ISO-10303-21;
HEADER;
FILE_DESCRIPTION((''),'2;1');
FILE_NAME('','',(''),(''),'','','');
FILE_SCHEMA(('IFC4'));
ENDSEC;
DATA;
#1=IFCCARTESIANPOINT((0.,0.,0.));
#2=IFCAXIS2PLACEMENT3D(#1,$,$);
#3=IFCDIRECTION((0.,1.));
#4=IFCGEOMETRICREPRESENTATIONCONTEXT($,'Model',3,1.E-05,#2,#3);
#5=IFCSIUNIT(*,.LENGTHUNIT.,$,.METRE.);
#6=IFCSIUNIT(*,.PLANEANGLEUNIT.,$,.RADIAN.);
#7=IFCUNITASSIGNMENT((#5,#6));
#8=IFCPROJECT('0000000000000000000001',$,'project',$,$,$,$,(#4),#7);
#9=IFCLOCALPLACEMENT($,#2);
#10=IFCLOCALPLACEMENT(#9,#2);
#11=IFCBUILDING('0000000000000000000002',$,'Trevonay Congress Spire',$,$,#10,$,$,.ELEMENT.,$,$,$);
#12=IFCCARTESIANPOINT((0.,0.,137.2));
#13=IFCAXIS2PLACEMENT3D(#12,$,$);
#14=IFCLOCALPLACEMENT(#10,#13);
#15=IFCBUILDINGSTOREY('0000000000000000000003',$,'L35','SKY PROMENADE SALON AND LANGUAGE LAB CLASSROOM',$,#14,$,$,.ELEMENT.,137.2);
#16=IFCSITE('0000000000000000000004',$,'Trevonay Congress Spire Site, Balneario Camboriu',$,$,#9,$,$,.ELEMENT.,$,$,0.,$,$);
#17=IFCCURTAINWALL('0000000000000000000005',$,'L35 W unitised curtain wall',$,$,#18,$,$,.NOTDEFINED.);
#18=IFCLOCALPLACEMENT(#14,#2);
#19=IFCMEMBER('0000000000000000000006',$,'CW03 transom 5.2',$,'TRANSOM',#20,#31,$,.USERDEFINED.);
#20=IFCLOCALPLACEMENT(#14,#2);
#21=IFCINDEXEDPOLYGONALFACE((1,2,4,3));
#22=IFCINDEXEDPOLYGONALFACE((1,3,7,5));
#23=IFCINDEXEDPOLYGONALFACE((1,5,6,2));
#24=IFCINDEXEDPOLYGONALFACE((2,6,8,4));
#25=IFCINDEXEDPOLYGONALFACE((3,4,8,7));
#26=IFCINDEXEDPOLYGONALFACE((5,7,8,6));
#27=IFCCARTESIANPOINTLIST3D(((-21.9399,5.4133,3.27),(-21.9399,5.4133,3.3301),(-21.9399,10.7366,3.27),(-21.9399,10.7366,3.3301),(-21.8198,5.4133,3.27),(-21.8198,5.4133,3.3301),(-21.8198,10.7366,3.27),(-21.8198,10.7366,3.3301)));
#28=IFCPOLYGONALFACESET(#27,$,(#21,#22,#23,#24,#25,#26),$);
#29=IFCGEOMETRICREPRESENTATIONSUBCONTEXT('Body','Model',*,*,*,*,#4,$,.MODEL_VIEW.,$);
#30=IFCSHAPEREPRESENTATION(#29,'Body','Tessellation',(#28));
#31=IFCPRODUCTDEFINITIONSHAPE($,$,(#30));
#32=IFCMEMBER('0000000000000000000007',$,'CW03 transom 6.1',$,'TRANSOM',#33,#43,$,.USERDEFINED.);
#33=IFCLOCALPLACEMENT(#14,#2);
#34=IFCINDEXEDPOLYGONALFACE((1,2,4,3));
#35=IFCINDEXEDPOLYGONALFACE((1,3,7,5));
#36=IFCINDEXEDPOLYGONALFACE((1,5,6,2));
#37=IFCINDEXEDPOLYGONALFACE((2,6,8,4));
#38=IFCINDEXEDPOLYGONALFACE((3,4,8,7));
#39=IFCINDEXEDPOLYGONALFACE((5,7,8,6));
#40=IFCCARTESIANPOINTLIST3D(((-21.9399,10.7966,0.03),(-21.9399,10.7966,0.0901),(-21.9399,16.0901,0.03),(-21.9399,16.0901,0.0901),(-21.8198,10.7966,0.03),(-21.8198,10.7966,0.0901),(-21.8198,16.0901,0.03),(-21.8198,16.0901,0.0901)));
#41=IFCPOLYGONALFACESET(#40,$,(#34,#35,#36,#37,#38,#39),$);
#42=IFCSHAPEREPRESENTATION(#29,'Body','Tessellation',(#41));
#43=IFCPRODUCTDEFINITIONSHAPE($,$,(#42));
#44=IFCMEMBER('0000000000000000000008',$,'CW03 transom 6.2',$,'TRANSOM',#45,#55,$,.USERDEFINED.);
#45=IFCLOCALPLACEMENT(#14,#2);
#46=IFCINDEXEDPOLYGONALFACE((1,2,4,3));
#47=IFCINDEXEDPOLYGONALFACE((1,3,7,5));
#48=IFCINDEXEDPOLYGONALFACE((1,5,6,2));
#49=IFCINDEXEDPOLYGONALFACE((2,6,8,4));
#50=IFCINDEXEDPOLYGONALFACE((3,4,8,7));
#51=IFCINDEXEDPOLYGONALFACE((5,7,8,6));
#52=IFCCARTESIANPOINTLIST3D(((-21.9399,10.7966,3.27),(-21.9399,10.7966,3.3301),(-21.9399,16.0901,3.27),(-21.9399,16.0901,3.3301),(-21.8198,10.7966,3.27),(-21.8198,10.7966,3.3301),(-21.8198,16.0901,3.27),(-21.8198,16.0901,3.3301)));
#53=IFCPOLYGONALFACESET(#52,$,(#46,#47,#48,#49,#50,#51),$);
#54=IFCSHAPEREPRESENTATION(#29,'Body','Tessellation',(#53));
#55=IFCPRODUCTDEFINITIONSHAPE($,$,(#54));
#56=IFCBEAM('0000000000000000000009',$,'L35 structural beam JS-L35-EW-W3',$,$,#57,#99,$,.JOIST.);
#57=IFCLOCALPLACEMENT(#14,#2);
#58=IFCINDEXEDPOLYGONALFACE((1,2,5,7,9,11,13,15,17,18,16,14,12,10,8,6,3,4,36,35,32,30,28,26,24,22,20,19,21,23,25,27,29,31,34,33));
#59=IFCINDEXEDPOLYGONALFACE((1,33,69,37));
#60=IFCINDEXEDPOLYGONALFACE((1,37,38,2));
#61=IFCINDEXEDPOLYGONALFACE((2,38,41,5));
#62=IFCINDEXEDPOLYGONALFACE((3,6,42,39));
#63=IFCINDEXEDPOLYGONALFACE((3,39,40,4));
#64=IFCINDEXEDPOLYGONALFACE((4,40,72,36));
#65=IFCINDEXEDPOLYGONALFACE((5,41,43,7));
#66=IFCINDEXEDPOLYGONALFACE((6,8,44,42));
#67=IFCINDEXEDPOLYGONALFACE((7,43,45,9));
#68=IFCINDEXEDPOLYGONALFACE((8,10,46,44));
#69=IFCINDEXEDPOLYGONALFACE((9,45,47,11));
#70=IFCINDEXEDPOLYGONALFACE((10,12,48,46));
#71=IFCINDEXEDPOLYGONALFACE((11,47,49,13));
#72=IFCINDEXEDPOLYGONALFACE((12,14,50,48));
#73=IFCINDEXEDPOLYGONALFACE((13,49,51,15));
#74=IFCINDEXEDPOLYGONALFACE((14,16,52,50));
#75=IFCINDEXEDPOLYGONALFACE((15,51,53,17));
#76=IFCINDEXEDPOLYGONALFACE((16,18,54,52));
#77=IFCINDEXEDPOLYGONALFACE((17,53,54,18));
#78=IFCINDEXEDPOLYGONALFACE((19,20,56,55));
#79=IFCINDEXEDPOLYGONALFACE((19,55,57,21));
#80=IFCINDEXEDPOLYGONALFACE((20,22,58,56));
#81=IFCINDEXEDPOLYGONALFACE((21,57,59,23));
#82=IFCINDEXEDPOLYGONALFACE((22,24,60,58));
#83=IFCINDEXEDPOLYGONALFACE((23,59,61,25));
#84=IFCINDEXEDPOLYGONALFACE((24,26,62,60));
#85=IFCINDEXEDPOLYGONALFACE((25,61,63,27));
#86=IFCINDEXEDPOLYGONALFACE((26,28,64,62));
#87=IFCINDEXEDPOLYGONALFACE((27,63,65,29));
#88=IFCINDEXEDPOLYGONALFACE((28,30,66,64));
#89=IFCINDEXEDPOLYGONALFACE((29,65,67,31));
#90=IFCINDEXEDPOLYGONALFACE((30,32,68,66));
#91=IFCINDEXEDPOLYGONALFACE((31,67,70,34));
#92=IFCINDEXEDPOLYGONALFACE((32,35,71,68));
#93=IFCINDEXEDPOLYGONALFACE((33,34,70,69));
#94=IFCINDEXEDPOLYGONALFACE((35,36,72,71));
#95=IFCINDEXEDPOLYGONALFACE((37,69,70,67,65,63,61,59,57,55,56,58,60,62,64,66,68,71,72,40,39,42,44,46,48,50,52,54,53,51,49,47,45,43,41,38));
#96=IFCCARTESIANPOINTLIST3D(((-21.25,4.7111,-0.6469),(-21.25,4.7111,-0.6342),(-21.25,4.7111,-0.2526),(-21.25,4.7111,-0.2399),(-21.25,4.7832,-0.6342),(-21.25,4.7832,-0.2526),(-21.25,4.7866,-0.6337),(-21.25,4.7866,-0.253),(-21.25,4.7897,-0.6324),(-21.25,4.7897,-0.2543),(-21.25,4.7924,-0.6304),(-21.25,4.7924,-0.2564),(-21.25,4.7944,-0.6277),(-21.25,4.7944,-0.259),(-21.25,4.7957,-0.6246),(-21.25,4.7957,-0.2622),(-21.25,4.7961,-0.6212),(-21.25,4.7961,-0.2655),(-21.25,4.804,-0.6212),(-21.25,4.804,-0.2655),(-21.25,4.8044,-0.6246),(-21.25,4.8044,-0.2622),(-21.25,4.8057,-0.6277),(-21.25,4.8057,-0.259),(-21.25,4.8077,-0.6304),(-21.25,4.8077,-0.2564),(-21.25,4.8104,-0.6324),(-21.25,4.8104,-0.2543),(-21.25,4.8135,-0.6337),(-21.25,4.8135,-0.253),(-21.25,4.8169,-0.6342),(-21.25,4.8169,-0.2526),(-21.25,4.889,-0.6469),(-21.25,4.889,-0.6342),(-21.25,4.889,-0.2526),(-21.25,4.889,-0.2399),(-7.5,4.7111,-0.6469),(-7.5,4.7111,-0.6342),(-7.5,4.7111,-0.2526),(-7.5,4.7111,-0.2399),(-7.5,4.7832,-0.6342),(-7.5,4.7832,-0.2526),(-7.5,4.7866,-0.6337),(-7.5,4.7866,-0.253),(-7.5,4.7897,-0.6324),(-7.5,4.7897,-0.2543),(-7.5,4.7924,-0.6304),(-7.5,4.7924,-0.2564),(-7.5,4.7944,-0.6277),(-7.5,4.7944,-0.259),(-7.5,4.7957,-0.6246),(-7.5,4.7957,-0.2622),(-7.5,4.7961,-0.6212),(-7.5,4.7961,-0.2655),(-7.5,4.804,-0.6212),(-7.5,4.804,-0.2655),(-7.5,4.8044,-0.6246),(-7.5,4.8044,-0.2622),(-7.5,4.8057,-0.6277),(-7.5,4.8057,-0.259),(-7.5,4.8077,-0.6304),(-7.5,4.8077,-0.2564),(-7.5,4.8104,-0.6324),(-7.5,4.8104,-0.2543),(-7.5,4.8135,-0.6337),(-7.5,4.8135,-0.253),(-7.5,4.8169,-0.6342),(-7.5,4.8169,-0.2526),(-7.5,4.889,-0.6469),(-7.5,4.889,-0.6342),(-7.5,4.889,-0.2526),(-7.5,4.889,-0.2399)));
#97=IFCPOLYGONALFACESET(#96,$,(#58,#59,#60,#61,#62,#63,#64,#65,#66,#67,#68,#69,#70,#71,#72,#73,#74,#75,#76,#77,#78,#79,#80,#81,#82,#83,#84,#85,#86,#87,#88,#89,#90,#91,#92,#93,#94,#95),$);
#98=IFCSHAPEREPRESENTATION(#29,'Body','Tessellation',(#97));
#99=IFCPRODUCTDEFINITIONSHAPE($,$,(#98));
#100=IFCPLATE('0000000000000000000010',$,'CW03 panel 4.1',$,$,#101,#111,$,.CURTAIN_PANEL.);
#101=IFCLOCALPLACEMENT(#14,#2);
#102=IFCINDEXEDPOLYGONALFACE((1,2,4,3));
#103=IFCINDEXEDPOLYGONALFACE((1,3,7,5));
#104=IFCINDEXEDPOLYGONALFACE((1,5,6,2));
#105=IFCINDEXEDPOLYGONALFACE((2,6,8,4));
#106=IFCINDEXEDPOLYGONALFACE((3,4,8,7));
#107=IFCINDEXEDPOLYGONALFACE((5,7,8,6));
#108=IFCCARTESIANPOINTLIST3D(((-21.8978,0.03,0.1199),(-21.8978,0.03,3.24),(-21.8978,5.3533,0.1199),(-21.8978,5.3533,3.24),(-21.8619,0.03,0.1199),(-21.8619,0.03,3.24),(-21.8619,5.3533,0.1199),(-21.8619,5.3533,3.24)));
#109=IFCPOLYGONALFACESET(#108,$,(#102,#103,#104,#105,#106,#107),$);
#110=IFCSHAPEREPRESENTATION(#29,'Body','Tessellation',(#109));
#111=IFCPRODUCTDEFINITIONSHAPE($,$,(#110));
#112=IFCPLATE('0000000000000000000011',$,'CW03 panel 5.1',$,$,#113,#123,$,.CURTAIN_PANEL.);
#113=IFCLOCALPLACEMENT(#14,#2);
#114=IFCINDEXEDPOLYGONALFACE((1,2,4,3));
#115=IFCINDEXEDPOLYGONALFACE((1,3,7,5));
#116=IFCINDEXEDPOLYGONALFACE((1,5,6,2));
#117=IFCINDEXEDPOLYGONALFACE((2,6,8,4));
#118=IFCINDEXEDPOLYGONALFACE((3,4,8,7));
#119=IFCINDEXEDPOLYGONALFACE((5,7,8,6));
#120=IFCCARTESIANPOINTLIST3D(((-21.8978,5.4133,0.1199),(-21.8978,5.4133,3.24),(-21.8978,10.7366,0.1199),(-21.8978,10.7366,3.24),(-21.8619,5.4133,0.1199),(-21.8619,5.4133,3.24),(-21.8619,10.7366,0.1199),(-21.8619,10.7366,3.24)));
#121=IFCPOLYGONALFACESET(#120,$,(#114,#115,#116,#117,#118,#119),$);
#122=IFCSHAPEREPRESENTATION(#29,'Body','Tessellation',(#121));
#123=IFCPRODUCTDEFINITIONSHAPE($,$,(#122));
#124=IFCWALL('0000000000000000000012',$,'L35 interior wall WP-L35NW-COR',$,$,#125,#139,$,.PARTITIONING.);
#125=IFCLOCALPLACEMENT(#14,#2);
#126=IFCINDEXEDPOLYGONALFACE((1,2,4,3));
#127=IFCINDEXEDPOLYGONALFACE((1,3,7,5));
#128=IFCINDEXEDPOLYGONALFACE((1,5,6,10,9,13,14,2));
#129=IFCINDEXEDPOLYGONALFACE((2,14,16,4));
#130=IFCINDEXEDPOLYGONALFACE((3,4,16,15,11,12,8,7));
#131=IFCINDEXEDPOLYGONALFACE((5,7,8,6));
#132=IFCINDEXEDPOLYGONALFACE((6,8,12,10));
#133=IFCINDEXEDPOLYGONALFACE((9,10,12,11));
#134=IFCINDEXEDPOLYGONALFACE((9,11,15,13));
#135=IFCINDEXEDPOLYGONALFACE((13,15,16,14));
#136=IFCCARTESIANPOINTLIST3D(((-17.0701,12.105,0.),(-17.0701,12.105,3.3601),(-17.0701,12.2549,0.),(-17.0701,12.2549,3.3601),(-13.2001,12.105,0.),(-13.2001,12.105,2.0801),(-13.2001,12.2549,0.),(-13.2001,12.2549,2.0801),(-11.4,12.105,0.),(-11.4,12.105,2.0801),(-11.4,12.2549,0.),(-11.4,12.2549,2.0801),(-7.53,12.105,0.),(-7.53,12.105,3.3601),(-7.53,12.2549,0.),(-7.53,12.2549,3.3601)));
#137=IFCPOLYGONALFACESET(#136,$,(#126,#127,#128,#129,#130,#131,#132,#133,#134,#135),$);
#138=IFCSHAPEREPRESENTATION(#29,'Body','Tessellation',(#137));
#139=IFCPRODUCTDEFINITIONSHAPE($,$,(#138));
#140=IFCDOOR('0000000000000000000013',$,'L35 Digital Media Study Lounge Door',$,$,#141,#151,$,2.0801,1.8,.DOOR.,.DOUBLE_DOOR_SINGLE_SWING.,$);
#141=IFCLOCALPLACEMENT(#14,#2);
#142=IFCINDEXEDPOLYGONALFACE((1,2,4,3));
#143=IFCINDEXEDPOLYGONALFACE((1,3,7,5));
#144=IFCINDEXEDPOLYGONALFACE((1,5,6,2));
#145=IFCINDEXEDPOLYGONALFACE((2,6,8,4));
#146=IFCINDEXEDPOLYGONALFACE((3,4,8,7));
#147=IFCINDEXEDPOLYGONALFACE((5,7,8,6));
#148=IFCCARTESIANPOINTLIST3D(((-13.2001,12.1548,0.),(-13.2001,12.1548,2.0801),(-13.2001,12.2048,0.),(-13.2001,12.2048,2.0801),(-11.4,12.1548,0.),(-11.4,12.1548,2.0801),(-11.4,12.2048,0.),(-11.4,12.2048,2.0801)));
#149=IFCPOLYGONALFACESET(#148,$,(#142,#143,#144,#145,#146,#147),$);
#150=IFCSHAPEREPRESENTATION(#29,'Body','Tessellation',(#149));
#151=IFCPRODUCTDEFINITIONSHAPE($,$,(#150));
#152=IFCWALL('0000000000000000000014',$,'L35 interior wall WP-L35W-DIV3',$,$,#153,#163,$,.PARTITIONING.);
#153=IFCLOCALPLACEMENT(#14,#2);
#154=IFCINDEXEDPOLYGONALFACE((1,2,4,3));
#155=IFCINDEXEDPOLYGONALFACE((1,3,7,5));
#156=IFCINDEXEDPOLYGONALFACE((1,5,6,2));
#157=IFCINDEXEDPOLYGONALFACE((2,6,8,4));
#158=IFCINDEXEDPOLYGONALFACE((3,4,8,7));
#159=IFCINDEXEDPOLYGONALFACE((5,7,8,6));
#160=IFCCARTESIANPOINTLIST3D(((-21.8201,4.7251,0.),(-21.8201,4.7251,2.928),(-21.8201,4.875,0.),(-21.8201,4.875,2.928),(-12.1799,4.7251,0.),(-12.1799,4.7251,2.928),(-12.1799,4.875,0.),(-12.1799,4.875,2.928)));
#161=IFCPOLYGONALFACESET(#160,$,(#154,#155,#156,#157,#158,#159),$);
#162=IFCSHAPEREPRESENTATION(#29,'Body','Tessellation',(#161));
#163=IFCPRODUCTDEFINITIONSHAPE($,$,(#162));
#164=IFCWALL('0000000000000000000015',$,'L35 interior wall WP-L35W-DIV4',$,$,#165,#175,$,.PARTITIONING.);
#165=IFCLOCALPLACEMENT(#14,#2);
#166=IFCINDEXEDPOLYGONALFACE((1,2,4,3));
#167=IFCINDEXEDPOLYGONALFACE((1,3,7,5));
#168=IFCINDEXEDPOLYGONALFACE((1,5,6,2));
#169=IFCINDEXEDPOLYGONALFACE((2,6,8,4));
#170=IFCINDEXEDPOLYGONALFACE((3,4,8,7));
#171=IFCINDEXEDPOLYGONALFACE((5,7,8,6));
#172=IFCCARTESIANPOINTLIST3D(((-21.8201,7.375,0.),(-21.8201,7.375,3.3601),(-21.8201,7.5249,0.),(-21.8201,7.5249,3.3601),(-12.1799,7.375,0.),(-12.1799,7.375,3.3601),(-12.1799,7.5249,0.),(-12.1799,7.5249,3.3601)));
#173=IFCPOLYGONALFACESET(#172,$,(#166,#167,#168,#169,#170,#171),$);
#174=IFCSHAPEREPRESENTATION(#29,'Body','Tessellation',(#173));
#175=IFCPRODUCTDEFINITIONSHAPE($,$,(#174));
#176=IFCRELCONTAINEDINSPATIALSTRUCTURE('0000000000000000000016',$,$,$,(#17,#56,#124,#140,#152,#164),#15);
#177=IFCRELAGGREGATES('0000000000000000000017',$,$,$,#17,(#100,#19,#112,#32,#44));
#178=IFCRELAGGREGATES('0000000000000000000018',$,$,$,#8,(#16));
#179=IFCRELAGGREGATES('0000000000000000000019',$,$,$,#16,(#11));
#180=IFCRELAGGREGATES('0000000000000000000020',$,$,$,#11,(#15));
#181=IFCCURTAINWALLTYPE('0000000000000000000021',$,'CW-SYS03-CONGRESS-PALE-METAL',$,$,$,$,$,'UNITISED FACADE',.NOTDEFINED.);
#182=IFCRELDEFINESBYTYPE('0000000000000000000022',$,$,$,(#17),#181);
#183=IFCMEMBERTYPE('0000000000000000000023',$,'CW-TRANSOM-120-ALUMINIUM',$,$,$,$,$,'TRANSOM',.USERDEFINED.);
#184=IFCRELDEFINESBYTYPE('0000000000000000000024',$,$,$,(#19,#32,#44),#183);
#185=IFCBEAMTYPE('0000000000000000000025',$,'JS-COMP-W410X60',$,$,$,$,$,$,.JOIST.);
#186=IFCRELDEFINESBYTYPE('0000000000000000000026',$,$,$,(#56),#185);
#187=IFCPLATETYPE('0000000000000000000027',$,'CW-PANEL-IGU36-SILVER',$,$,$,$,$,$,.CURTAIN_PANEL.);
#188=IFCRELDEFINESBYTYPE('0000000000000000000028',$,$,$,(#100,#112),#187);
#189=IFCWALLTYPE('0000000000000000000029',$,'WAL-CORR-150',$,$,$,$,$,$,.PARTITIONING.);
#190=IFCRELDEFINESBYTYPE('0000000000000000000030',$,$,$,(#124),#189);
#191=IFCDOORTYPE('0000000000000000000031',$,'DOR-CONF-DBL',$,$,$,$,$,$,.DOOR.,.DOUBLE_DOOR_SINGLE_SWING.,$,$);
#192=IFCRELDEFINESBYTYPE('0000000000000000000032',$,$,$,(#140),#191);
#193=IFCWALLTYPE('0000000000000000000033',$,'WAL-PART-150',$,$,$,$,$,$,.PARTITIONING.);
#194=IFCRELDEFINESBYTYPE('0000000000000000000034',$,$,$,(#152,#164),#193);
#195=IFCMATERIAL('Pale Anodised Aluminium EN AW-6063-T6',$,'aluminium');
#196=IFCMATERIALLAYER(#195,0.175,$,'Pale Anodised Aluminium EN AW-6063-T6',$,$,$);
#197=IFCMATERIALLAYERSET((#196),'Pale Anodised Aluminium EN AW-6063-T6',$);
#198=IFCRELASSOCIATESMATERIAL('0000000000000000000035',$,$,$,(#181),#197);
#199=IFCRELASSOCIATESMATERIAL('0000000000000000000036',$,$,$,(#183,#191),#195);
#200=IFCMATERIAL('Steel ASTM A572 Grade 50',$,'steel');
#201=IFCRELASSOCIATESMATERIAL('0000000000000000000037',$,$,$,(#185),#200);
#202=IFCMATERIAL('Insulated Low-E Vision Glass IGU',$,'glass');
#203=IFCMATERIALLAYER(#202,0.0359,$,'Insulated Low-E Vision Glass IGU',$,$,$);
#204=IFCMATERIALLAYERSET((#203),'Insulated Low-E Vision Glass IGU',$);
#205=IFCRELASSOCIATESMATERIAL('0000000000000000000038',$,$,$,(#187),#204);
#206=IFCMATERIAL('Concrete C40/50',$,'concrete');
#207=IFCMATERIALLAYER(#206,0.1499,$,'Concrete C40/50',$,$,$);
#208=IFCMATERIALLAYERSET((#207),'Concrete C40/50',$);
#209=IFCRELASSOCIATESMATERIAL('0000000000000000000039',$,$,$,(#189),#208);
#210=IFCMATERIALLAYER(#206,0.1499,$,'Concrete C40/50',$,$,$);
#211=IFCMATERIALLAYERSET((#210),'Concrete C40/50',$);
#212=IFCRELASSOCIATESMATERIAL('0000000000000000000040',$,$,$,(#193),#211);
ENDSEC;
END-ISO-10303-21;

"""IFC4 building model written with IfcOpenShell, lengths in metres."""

from ifc_helpers import new_model, si_unit, direction, frame, frame_2d, origin, origin_2d, place, context, subcontext, project, spatial, rectangle, i_section, extrude, material, layer, layer_set, material_profile, profile_set, type_object, element, fill, aggregate, save


model = new_model("IFC4")

# Units and contexts
model_context = context("Model", 3, precision=1e-05, world=origin(), true_north=direction((0.0, 1.0)))
body_context = subcontext(model_context, "Body", "Model", "MODEL_VIEW")
ifc_project = project(units=[si_unit("LENGTHUNIT", "METRE"), si_unit("PLANEANGLEUNIT", "RADIAN")], contexts=[model_context])

# Site, building, storey
site_placement = place(None, origin())
site = spatial("IfcSite", under=ifc_project, at=site_placement, Name="Trevonay Congress Spire Site, Balneario Camboriu", CompositionType="ELEMENT", RefElevation=0.0)
building_placement = place(site_placement, origin())
building = spatial("IfcBuilding", under=site, at=building_placement, Name="Trevonay Congress Spire", CompositionType="ELEMENT")
storey_placement = place(building_placement, frame((0.0, 0.0, 137.2)))
storey = spatial("IfcBuildingStorey", under=building, at=storey_placement, Name="L35", Description="SKY PROMENADE SALON AND LANGUAGE LAB CLASSROOM", CompositionType="ELEMENT", Elevation=137.2)

# Shared definitions
ifc_material_1 = material(Name="Steel ASTM A572 Grade 50", Category="steel")

# Curtain wall, members
ifc_material_2 = material(Name="Pale Anodised Aluminium EN AW-6063-T6", Category="aluminium")
ifc_layer_1 = layer(ifc_material_2, 0.175, Name="Pale Anodised Aluminium EN AW-6063-T6")
ifc_layer_set_1 = layer_set([ifc_layer_1], Name="Pale Anodised Aluminium EN AW-6063-T6")
curtain_wall_type = type_object("IfcCurtainWallType", Name="CW-SYS03-CONGRESS-PALE-METAL", ElementType="UNITISED FACADE", PredefinedType="NOTDEFINED", material=ifc_layer_set_1)
curtain_wall_placement = place(storey_placement, origin())
curtain_wall = element("IfcCurtainWall", 1, at=curtain_wall_placement, inside=storey, type_object=curtain_wall_type, Name="L35 W unitised curtain wall", PredefinedType="NOTDEFINED")
ifc_material_profile_1 = material_profile(ifc_material_2, rectangle(XDim=0.1201, YDim=0.0601, at=origin_2d()), Name="CW-TRANSOM-120-ALUMINIUM")
ifc_profile_set_1 = profile_set([ifc_material_profile_1], Name="Pale Anodised Aluminium EN AW-6063-T6")
member_type_1 = type_object("IfcMemberType", Name="CW-TRANSOM-120-ALUMINIUM", ElementType="TRANSOM", PredefinedType="USERDEFINED", material=ifc_profile_set_1)
member_1_placement = place(storey_placement, frame((-21.8799, 5.4133, 3.3), z_axis=(0.0, 1.0, 0.0), x_axis=(-1.0, 0.0, 0.0)))
member_1 = element("IfcMember", 2, at=member_1_placement, type_object=member_type_1, Name="CW03 transom 5.2", ObjectType="TRANSOM", PredefinedType="USERDEFINED", context=body_context, shape_type="SweptSolid", body=[
    extrude(rectangle(XDim=0.1201, YDim=0.0601, at=origin_2d()), origin(), (0.0, 0.0, 1.0), 5.3232),
])
member_2_placement = place(storey_placement, frame((-21.8799, 10.7966, 0.0601), z_axis=(0.0, 1.0, 0.0), x_axis=(-1.0, 0.0, 0.0)))
member_2 = element("IfcMember", 3, at=member_2_placement, type_object=member_type_1, Name="CW03 transom 6.1", ObjectType="TRANSOM", PredefinedType="USERDEFINED", context=body_context, shape_type="SweptSolid", body=[
    extrude(rectangle(XDim=0.1201, YDim=0.0601, at=origin_2d()), origin(), (0.0, 0.0, 1.0), 5.2935),
])
member_3_placement = place(storey_placement, frame((-21.8799, 10.7966, 3.3), z_axis=(0.0, 1.0, 0.0), x_axis=(-1.0, 0.0, 0.0)))
member_3 = element("IfcMember", 4, at=member_3_placement, type_object=member_type_1, Name="CW03 transom 6.2", ObjectType="TRANSOM", PredefinedType="USERDEFINED", context=body_context, shape_type="SweptSolid", body=[
    extrude(rectangle(XDim=0.1201, YDim=0.0601, at=origin_2d()), origin(), (0.0, 0.0, 1.0), 5.2935),
])

# Beam
ifc_material_profile_2 = material_profile(ifc_material_1, i_section(OverallWidth=0.178, OverallDepth=0.407, WebThickness=0.0078, FlangeThickness=0.0127, FilletRadius=0.0129, at=origin_2d()), Name="W410x60")
ifc_profile_set_2 = profile_set([ifc_material_profile_2], Name="Steel ASTM A572 Grade 50")
beam_type_1 = type_object("IfcBeamType", Name="JS-COMP-W410X60", PredefinedType="JOIST", material=ifc_profile_set_2)
beam_placement = place(storey_placement, frame((-21.25, 4.8, -0.4434), z_axis=(1.0, 0.0, 0.0), x_axis=(0.0, 1.0, 0.0)))
element("IfcBeam", 5, at=beam_placement, inside=storey, type_object=beam_type_1, Name="L35 structural beam JS-L35-EW-W3", PredefinedType="JOIST", context=body_context, shape_type="SweptSolid", body=[
    extrude(i_section(OverallWidth=0.178, OverallDepth=0.407, WebThickness=0.0078, FlangeThickness=0.0127, FilletRadius=0.0129, at=origin_2d()), origin(), (0.0, 0.0, 1.0), 13.75),
])

# Plates
ifc_material_3 = material(Name="Insulated Low-E Vision Glass IGU", Category="glass")
ifc_layer_2 = layer(ifc_material_3, 0.0359, Name="Insulated Low-E Vision Glass IGU")
ifc_layer_set_2 = layer_set([ifc_layer_2], Name="Insulated Low-E Vision Glass IGU")
plate_type = type_object("IfcPlateType", Name="CW-PANEL-IGU36-SILVER", PredefinedType="CURTAIN_PANEL", material=ifc_layer_set_2)
plate_1_placement = place(storey_placement, frame((-21.8799, 2.6917, 0.1199), z_axis=(0.0, 0.0, 1.0), x_axis=(0.0, 1.0, 0.0)))
plate_1 = element("IfcPlate", 6, at=plate_1_placement, type_object=plate_type, Name="CW03 panel 4.1", PredefinedType="CURTAIN_PANEL", context=body_context, shape_type="SweptSolid", body=[
    extrude(rectangle(XDim=5.3232, YDim=0.0359, at=origin_2d()), origin(), (0.0, 0.0, 1.0), 3.1201),
])
plate_2_placement = place(storey_placement, frame((-21.8799, 8.075, 0.1199), z_axis=(0.0, 0.0, 1.0), x_axis=(0.0, 1.0, 0.0)))
plate_2 = element("IfcPlate", 7, at=plate_2_placement, type_object=plate_type, Name="CW03 panel 5.1", PredefinedType="CURTAIN_PANEL", context=body_context, shape_type="SweptSolid", body=[
    extrude(rectangle(XDim=5.3232, YDim=0.0359, at=origin_2d()), origin(), (0.0, 0.0, 1.0), 3.1201),
])
aggregate(curtain_wall, [plate_1, member_1, plate_2, member_2, member_3])

# Wall, opening, door
ifc_material_4 = material(Name="Concrete C40/50", Category="concrete")
ifc_layer_3 = layer(ifc_material_4, 0.1499, Name="Concrete C40/50")
ifc_layer_set_3 = layer_set([ifc_layer_3], Name="Concrete C40/50")
wall_type_1 = type_object("IfcWallType", Name="WAL-CORR-150", PredefinedType="PARTITIONING", material=ifc_layer_set_3)
wall_1_placement = place(storey_placement, frame((-17.0701, 12.1799, 0.0), z_axis=(0.0, 0.0, 1.0), x_axis=(1.0, 0.0, 0.0)))
wall_1 = element("IfcWall", 8, at=wall_1_placement, inside=storey, type_object=wall_type_1, Name="L35 interior wall WP-L35NW-COR", PredefinedType="PARTITIONING", context=body_context, shape_type="SweptSolid", body=[
    extrude(rectangle(XDim=9.54, YDim=0.1499, at=frame_2d((4.77, 0.0))), origin(), (0.0, 0.0, 1.0), 3.3601),
])
opening_placement = place(wall_1_placement, frame((3.8701, 0.0, 0.0)))
opening = element("IfcOpeningElement", 9, at=opening_placement, cuts=wall_1, PredefinedType="OPENING", context=body_context, shape_type="SweptSolid", body=[
    extrude(rectangle(XDim=1.8, YDim=2.0801, at=frame_2d((0.8999, 1.04))), frame((0.0, 0.085, 0.0), z_axis=(0.0, -1.0, 0.0), x_axis=(1.0, 0.0, 0.0)), (0.0, 0.0, 1.0), 0.1699),
])
door_type = type_object("IfcDoorType", Name="DOR-CONF-DBL", OperationType="DOUBLE_DOOR_SINGLE_SWING", PredefinedType="DOOR", material=ifc_material_2)
door_placement = place(opening_placement, origin())
door = element("IfcDoor", 10, at=door_placement, inside=storey, type_object=door_type, Name="L35 Digital Media Study Lounge Door", OperationType="DOUBLE_DOOR_SINGLE_SWING", OverallHeight=2.0801, OverallWidth=1.8, PredefinedType="DOOR", context=body_context, shape_type="SweptSolid", body=[
    extrude(rectangle(XDim=1.8, YDim=2.0801, at=frame_2d((0.8999, 1.04))), frame((0.0, 0.0249, 0.0), z_axis=(0.0, -1.0, 0.0), x_axis=(1.0, 0.0, 0.0)), (0.0, 0.0, 1.0), 0.05),
])
fill(opening, door)

# Walls
ifc_layer_4 = layer(ifc_material_4, 0.1499, Name="Concrete C40/50")
ifc_layer_set_4 = layer_set([ifc_layer_4], Name="Concrete C40/50")
wall_type_2 = type_object("IfcWallType", Name="WAL-PART-150", PredefinedType="PARTITIONING", material=ifc_layer_set_4)
wall_2_placement = place(storey_placement, frame((-21.8201, 4.8, 0.0), z_axis=(0.0, 0.0, 1.0), x_axis=(1.0, 0.0, 0.0)))
element("IfcWall", 11, at=wall_2_placement, inside=storey, type_object=wall_type_2, Name="L35 interior wall WP-L35W-DIV3", PredefinedType="PARTITIONING", context=body_context, shape_type="SweptSolid", body=[
    extrude(rectangle(XDim=9.6401, YDim=0.1499, at=frame_2d((4.8201, 0.0))), origin(), (0.0, 0.0, 1.0), 2.928),
])
wall_3_placement = place(storey_placement, frame((-21.8201, 7.45, 0.0), z_axis=(0.0, 0.0, 1.0), x_axis=(1.0, 0.0, 0.0)))
element("IfcWall", 12, at=wall_3_placement, inside=storey, type_object=wall_type_2, Name="L35 interior wall WP-L35W-DIV4", PredefinedType="PARTITIONING", context=body_context, shape_type="SweptSolid", body=[
    extrude(rectangle(XDim=9.6401, YDim=0.1499, at=frame_2d((4.8201, 0.0))), origin(), (0.0, 0.0, 1.0), 3.3601),
])

save(model, "model.ifc")
